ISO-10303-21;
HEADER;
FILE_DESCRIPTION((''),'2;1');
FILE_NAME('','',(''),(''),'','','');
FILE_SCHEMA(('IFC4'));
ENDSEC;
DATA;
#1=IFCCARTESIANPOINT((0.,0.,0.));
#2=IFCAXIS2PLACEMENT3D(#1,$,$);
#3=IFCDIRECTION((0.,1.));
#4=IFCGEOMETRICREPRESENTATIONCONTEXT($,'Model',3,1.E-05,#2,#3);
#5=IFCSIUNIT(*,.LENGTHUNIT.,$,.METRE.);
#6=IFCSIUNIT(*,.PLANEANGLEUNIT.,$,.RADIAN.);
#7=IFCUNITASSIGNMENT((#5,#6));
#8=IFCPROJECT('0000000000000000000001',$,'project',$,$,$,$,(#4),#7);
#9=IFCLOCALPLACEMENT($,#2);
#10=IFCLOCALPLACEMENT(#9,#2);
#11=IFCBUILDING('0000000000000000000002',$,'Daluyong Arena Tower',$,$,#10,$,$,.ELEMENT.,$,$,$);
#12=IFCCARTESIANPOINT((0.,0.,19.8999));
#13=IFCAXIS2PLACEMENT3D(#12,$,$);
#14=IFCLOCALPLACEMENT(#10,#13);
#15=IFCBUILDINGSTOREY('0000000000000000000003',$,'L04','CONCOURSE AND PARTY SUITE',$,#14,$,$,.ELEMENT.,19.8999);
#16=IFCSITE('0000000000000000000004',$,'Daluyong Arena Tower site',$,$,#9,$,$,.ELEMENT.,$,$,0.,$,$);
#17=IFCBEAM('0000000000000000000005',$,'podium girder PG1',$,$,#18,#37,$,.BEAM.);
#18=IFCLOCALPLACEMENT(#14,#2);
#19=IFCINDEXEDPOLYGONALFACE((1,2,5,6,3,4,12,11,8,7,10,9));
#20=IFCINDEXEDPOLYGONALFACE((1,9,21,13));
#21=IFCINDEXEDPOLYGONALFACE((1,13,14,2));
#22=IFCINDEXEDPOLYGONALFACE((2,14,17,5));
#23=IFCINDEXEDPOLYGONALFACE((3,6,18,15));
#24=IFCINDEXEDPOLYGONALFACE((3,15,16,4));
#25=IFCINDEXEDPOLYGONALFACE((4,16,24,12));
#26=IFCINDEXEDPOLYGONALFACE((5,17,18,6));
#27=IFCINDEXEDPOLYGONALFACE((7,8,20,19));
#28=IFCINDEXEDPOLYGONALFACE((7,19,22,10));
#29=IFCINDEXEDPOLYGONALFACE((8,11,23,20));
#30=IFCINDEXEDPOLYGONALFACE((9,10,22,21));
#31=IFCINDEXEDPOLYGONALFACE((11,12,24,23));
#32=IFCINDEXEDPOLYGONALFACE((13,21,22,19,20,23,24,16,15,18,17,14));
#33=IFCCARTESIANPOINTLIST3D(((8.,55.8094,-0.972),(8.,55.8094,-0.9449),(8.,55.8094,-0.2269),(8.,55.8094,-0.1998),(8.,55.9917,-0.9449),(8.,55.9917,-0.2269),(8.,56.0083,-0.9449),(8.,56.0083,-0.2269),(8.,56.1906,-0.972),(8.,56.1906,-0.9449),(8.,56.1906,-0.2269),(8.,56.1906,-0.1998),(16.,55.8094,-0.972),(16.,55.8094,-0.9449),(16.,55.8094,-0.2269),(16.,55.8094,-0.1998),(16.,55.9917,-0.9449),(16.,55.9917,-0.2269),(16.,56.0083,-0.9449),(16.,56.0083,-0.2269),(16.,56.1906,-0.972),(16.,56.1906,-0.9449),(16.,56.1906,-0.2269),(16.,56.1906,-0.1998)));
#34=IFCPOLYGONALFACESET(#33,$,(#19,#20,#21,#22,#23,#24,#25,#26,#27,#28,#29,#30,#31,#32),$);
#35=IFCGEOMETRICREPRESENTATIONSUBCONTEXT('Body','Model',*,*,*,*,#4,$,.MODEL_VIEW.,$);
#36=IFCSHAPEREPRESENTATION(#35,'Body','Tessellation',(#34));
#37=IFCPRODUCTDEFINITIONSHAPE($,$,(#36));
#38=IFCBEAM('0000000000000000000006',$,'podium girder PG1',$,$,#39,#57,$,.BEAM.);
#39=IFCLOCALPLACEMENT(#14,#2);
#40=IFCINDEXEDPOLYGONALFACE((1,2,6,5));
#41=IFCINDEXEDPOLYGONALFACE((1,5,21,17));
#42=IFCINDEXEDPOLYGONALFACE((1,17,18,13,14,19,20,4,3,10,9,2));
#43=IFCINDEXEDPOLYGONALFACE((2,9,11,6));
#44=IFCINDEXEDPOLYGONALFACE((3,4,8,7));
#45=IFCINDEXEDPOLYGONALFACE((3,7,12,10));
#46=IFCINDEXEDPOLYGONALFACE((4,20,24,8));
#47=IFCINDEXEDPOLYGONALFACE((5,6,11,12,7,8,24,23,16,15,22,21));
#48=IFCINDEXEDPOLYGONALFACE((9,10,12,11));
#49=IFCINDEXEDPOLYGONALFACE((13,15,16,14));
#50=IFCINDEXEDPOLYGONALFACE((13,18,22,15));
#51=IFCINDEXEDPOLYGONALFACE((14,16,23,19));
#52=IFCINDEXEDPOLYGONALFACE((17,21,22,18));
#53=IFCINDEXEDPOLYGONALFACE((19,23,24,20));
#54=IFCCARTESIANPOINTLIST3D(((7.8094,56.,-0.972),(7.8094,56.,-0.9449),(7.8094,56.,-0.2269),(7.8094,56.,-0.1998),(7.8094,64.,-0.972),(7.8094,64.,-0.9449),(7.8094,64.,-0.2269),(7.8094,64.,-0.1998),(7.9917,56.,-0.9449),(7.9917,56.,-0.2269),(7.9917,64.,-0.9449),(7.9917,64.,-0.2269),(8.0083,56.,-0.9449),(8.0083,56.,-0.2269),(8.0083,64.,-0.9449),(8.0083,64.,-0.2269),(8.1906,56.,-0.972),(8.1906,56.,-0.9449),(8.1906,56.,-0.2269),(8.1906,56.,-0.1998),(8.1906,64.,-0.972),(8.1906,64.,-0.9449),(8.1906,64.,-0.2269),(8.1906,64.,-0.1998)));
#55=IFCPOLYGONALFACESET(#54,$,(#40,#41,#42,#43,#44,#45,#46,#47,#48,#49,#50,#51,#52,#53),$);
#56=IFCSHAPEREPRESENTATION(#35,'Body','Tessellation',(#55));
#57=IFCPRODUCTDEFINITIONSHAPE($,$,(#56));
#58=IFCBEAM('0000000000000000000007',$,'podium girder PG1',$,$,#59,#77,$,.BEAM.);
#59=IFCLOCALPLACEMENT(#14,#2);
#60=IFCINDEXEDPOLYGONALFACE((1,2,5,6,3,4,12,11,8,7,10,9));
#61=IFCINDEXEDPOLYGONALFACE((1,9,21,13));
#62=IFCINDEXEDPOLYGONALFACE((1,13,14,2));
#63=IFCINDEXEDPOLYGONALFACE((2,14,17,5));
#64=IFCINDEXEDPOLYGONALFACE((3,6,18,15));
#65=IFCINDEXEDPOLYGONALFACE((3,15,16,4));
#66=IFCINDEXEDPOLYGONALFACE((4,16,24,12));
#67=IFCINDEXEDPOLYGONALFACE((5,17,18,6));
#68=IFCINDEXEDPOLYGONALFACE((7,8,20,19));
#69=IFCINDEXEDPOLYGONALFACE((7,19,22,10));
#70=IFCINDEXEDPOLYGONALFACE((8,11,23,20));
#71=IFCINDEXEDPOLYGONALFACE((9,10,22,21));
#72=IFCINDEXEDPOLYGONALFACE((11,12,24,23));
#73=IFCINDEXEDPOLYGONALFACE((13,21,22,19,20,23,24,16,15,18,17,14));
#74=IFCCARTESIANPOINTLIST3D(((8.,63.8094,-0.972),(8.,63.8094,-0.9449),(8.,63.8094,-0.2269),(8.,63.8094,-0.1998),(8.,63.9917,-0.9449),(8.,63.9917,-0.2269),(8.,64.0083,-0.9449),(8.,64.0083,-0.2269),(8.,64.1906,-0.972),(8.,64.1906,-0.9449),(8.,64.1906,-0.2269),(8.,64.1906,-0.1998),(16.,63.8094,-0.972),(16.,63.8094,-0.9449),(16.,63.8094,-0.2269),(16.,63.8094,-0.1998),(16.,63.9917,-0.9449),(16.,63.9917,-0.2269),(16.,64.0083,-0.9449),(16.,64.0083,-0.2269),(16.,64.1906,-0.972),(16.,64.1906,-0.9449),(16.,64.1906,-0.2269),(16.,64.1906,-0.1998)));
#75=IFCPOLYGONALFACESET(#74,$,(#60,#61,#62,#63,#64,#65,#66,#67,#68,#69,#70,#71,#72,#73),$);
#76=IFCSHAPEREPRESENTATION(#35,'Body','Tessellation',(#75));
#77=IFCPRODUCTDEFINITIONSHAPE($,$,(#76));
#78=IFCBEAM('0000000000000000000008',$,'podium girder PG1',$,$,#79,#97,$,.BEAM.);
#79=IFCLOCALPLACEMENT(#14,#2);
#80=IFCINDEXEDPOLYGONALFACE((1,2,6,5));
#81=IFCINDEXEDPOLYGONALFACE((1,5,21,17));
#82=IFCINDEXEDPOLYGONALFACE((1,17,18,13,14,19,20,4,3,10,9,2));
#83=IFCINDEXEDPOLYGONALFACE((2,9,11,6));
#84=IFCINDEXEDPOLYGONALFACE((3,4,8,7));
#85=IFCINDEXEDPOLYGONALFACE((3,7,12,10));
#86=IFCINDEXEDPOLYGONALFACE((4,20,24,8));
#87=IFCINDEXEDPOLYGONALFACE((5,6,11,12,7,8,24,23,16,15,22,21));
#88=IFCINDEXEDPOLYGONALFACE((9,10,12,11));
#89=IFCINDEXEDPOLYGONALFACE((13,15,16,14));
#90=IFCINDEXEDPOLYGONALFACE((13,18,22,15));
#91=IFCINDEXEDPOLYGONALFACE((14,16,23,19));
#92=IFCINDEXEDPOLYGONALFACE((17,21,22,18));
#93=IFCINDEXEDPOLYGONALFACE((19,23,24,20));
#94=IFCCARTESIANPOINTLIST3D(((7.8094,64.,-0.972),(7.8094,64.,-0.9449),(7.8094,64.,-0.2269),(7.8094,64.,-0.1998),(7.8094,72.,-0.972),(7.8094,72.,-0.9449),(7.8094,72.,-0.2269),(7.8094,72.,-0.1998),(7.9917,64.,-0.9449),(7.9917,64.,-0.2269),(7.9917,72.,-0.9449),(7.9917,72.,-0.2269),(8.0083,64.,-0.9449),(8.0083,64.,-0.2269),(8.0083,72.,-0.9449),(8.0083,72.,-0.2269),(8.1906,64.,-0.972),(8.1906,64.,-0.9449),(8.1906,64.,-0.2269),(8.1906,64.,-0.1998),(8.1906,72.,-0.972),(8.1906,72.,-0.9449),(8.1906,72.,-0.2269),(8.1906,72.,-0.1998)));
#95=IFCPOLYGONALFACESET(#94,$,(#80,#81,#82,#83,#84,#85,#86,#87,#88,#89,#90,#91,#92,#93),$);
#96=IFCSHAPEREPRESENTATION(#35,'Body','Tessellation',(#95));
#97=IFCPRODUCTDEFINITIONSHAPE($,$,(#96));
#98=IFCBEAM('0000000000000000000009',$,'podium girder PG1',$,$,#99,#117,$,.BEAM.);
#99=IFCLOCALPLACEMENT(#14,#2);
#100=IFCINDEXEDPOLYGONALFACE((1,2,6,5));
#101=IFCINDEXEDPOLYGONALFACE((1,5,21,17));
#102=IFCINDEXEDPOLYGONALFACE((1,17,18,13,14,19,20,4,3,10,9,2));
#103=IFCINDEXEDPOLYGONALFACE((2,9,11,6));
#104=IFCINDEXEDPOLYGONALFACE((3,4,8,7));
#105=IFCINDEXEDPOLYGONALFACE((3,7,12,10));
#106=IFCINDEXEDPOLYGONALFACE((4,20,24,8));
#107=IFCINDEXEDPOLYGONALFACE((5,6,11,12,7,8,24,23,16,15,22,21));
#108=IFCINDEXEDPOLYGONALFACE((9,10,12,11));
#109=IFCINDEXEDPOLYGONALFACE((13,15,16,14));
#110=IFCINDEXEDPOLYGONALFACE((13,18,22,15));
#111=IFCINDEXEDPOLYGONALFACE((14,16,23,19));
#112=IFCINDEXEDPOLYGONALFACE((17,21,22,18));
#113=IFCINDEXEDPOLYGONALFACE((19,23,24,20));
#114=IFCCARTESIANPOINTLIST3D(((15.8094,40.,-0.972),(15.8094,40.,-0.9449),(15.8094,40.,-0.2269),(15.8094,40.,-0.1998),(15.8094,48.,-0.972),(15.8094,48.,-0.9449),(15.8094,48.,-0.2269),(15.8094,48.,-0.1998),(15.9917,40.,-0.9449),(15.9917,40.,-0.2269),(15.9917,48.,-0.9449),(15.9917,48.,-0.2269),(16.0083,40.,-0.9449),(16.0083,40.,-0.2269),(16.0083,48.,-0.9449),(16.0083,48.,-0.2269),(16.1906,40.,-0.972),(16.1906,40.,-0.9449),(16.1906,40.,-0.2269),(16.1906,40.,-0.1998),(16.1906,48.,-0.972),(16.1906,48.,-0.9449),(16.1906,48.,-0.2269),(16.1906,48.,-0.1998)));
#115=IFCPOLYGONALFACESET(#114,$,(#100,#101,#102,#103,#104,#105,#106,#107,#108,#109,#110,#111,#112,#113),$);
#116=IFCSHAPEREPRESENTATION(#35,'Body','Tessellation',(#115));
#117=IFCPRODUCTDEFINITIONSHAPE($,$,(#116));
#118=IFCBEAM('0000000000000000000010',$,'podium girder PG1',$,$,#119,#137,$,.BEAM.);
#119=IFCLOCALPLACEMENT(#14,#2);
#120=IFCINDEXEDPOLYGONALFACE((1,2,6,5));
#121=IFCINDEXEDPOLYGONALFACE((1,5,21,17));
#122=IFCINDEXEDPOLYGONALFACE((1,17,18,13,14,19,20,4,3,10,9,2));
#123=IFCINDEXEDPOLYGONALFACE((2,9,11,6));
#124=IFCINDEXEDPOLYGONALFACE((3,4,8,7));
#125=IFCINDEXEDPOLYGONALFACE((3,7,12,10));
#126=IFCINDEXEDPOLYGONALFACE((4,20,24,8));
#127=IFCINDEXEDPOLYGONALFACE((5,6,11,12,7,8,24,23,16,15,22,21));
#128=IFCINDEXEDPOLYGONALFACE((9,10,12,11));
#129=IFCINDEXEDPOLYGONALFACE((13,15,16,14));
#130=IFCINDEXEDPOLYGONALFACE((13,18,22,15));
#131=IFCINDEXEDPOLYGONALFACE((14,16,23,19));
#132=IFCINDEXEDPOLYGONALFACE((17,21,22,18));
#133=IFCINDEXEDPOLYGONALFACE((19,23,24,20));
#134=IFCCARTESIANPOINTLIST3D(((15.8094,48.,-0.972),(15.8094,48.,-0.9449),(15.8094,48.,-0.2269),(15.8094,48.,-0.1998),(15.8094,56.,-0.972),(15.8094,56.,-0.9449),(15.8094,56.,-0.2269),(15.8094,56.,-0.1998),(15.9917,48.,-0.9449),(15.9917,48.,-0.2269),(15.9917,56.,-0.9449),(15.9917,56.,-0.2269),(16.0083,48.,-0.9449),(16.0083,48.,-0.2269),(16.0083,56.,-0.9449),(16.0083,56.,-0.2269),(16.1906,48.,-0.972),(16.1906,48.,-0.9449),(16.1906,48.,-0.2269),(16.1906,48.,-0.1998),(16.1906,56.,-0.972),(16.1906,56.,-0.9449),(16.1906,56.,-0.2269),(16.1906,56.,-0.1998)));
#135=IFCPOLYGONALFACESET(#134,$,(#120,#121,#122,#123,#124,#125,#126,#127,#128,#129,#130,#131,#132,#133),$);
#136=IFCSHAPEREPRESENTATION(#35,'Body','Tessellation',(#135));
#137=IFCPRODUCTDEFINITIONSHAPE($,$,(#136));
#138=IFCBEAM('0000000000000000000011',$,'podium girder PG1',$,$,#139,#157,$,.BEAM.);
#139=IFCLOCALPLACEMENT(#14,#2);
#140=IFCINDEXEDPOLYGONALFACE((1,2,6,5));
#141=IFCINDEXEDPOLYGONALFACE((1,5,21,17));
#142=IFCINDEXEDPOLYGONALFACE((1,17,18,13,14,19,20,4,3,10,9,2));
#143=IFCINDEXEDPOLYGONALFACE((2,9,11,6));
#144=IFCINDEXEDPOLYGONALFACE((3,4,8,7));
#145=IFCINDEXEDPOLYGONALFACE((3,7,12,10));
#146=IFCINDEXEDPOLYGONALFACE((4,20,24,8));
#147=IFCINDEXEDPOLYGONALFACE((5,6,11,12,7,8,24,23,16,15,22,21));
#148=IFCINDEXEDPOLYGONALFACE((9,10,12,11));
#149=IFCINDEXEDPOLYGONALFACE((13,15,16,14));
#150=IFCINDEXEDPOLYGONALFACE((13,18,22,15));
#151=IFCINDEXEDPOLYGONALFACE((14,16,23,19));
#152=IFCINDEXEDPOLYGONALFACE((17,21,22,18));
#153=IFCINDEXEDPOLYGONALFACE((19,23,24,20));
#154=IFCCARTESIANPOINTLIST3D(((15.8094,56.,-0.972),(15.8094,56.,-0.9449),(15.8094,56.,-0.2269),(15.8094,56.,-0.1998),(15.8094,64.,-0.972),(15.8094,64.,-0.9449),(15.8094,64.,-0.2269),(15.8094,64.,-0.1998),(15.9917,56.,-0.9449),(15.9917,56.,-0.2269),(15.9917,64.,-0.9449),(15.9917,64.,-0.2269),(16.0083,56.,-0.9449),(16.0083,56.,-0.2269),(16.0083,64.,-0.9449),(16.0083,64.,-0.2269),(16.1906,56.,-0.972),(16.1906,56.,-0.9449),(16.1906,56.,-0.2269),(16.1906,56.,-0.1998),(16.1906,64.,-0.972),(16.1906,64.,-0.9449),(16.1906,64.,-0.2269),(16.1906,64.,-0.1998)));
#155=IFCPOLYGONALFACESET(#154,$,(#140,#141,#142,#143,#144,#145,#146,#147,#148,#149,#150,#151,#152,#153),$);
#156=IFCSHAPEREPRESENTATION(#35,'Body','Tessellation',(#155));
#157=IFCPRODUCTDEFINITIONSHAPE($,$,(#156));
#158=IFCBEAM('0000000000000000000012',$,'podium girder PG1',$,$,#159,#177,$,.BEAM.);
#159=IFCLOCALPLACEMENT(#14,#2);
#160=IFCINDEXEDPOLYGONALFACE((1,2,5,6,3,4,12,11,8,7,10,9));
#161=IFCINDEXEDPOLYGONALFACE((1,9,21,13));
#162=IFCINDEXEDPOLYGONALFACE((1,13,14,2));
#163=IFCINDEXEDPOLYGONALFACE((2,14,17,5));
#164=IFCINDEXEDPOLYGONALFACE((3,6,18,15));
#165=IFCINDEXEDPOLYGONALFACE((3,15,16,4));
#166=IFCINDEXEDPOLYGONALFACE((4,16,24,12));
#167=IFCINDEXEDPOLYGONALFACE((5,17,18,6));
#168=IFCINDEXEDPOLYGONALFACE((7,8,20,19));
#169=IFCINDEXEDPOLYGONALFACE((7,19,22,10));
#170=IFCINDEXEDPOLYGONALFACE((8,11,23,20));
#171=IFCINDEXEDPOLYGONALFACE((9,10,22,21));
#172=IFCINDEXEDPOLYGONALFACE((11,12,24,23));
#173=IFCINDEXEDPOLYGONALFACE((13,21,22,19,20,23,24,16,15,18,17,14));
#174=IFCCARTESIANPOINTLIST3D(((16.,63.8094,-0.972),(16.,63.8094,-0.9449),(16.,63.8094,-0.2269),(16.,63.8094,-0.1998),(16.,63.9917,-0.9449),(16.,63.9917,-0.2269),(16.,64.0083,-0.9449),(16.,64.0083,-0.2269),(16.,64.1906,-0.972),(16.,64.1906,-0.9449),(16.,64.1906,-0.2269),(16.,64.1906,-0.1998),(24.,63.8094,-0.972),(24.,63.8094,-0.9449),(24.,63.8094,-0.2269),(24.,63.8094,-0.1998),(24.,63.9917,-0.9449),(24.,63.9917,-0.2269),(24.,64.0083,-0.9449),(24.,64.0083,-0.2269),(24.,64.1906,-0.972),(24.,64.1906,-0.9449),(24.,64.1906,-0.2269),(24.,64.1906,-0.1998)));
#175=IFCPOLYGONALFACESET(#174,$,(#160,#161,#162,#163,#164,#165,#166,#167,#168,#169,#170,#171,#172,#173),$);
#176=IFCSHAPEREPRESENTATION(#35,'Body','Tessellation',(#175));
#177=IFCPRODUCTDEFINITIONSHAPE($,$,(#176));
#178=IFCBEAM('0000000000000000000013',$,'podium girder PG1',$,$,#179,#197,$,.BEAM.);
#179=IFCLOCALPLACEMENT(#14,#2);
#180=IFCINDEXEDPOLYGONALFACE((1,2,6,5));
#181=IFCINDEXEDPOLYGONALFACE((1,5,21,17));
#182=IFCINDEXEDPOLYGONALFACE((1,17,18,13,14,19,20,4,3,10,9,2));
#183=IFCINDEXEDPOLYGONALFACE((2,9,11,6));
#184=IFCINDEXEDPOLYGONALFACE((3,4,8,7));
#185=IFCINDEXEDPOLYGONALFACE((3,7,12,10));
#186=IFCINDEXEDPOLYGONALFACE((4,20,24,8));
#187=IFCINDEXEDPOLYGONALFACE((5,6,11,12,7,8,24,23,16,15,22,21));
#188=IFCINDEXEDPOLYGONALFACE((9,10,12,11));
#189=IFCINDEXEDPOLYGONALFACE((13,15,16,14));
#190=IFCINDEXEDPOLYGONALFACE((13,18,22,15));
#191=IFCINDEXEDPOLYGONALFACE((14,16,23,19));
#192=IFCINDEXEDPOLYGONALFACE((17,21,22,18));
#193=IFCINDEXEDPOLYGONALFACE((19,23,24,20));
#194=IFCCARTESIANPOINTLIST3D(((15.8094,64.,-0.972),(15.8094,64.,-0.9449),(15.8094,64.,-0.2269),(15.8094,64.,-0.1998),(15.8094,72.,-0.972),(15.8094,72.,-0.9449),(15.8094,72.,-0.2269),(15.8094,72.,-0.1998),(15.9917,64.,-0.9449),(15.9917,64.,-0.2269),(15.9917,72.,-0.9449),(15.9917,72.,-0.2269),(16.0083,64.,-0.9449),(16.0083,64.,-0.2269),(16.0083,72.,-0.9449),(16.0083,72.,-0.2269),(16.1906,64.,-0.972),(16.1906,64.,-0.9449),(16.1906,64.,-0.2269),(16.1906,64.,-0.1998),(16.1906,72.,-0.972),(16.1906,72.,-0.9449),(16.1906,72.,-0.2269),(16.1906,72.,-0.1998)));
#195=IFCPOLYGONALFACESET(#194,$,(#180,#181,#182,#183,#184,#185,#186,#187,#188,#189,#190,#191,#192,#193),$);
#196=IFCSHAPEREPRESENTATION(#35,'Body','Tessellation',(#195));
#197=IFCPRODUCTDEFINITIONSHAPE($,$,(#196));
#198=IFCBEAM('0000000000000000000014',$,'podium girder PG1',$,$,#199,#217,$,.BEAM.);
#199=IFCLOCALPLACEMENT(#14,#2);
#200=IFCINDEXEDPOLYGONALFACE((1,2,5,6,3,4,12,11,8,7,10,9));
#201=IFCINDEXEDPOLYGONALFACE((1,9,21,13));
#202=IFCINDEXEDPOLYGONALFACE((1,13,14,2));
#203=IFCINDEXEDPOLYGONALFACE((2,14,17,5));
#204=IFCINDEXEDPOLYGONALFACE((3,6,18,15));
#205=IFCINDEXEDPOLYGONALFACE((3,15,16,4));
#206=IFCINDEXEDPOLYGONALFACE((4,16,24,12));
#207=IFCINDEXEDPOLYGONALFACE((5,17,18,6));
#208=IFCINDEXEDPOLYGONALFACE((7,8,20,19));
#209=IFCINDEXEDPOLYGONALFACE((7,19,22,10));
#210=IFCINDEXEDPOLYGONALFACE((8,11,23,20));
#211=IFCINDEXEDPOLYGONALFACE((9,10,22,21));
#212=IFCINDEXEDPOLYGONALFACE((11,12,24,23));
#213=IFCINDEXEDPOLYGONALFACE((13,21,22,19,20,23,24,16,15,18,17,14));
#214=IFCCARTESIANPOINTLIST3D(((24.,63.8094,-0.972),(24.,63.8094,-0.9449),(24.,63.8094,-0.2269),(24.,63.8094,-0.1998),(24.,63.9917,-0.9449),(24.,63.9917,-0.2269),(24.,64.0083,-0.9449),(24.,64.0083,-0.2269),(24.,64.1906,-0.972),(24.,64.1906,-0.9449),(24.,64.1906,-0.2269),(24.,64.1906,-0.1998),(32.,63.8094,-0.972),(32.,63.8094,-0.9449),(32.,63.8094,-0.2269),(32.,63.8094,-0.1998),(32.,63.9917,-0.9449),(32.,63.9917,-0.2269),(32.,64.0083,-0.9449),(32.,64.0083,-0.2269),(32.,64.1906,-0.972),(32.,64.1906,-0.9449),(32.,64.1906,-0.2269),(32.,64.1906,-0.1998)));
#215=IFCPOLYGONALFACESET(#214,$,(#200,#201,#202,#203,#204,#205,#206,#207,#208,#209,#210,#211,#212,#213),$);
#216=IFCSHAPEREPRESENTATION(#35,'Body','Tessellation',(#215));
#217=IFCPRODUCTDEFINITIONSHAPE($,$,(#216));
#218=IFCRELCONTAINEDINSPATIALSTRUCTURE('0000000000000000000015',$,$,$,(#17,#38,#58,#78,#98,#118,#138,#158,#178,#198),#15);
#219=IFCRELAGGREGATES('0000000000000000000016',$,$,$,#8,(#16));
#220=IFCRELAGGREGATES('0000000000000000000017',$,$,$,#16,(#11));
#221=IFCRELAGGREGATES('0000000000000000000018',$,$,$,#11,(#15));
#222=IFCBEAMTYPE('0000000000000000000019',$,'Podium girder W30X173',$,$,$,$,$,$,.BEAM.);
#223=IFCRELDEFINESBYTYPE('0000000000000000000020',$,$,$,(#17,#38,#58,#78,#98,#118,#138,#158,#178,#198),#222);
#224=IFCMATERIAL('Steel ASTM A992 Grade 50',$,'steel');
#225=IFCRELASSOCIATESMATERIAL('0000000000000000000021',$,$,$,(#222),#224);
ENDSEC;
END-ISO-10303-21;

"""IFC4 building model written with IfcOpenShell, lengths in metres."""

from ifc_helpers import new_model, si_unit, direction, frame, origin, origin_2d, place, context, subcontext, project, spatial, i_section, extrude, material, material_profile, profile_set, type_object, element, save


model = new_model("IFC4")

# Units and contexts
model_context = context("Model", 3, precision=1e-05, world=origin(), true_north=direction((0.0, 1.0)))
body_context = subcontext(model_context, "Body", "Model", "MODEL_VIEW")
ifc_project = project(units=[si_unit("LENGTHUNIT", "METRE"), si_unit("PLANEANGLEUNIT", "RADIAN")], contexts=[model_context])

# Site, building, storey
site_placement = place(None, origin())
site = spatial("IfcSite", under=ifc_project, at=site_placement, Name="Daluyong Arena Tower site", CompositionType="ELEMENT", RefElevation=0.0)
building_placement = place(site_placement, origin())
building = spatial("IfcBuilding", under=site, at=building_placement, Name="Daluyong Arena Tower", CompositionType="ELEMENT")
storey_placement = place(building_placement, frame((0.0, 0.0, 19.8999)))
storey = spatial("IfcBuildingStorey", under=building, at=storey_placement, Name="L04", Description="CONCOURSE AND PARTY SUITE", CompositionType="ELEMENT", Elevation=19.8999)

# Beams
ifc_material_1 = material(Name="Steel ASTM A992 Grade 50", Category="steel")
ifc_material_profile_1 = material_profile(ifc_material_1, i_section(OverallWidth=0.3811, OverallDepth=0.7722, WebThickness=0.0166, FlangeThickness=0.0271, at=origin_2d()))
ifc_profile_set_1 = profile_set([ifc_material_profile_1], Name="Steel ASTM A992 Grade 50")
beam_type_1 = type_object("IfcBeamType", Name="Podium girder W30X173", PredefinedType="BEAM", material=ifc_profile_set_1)
for number, where, z_axis, x_axis, name in (
    (1, (8.0, 56.0, -0.5859), (1.0, 0.0, 0.0), (0.0, 1.0, 0.0), "podium girder PG1"),
    (2, (8.0, 56.0, -0.5859), (0.0, 1.0, 0.0), (-1.0, 0.0, 0.0), "podium girder PG1"),
    (3, (8.0, 64.0, -0.5859), (1.0, 0.0, 0.0), (0.0, 1.0, 0.0), "podium girder PG1"),
    (4, (8.0, 64.0, -0.5859), (0.0, 1.0, 0.0), (-1.0, 0.0, 0.0), "podium girder PG1"),
    (5, (16.0, 40.0, -0.5859), (0.0, 1.0, 0.0), (-1.0, 0.0, 0.0), "podium girder PG1"),
    (6, (16.0, 48.0, -0.5859), (0.0, 1.0, 0.0), (-1.0, 0.0, 0.0), "podium girder PG1"),
    (7, (16.0, 56.0, -0.5859), (0.0, 1.0, 0.0), (-1.0, 0.0, 0.0), "podium girder PG1"),
    (8, (16.0, 64.0, -0.5859), (1.0, 0.0, 0.0), (0.0, 1.0, 0.0), "podium girder PG1"),
    (9, (16.0, 64.0, -0.5859), (0.0, 1.0, 0.0), (-1.0, 0.0, 0.0), "podium girder PG1"),
    (10, (24.0, 64.0, -0.5859), (1.0, 0.0, 0.0), (0.0, 1.0, 0.0), "podium girder PG1"),
):
    element("IfcBeam", number, at=place(storey_placement, frame(where, z_axis=z_axis, x_axis=x_axis)), inside=storey, type_object=beam_type_1, Name=name, PredefinedType="BEAM", context=body_context, shape_type="SweptSolid", body=[
        extrude(i_section(OverallWidth=0.3811, OverallDepth=0.7722, WebThickness=0.0166, FlangeThickness=0.0271, at=origin_2d()), origin(), (0.0, 0.0, 1.0), 8.0),
    ])

save(model, "model.ifc")
